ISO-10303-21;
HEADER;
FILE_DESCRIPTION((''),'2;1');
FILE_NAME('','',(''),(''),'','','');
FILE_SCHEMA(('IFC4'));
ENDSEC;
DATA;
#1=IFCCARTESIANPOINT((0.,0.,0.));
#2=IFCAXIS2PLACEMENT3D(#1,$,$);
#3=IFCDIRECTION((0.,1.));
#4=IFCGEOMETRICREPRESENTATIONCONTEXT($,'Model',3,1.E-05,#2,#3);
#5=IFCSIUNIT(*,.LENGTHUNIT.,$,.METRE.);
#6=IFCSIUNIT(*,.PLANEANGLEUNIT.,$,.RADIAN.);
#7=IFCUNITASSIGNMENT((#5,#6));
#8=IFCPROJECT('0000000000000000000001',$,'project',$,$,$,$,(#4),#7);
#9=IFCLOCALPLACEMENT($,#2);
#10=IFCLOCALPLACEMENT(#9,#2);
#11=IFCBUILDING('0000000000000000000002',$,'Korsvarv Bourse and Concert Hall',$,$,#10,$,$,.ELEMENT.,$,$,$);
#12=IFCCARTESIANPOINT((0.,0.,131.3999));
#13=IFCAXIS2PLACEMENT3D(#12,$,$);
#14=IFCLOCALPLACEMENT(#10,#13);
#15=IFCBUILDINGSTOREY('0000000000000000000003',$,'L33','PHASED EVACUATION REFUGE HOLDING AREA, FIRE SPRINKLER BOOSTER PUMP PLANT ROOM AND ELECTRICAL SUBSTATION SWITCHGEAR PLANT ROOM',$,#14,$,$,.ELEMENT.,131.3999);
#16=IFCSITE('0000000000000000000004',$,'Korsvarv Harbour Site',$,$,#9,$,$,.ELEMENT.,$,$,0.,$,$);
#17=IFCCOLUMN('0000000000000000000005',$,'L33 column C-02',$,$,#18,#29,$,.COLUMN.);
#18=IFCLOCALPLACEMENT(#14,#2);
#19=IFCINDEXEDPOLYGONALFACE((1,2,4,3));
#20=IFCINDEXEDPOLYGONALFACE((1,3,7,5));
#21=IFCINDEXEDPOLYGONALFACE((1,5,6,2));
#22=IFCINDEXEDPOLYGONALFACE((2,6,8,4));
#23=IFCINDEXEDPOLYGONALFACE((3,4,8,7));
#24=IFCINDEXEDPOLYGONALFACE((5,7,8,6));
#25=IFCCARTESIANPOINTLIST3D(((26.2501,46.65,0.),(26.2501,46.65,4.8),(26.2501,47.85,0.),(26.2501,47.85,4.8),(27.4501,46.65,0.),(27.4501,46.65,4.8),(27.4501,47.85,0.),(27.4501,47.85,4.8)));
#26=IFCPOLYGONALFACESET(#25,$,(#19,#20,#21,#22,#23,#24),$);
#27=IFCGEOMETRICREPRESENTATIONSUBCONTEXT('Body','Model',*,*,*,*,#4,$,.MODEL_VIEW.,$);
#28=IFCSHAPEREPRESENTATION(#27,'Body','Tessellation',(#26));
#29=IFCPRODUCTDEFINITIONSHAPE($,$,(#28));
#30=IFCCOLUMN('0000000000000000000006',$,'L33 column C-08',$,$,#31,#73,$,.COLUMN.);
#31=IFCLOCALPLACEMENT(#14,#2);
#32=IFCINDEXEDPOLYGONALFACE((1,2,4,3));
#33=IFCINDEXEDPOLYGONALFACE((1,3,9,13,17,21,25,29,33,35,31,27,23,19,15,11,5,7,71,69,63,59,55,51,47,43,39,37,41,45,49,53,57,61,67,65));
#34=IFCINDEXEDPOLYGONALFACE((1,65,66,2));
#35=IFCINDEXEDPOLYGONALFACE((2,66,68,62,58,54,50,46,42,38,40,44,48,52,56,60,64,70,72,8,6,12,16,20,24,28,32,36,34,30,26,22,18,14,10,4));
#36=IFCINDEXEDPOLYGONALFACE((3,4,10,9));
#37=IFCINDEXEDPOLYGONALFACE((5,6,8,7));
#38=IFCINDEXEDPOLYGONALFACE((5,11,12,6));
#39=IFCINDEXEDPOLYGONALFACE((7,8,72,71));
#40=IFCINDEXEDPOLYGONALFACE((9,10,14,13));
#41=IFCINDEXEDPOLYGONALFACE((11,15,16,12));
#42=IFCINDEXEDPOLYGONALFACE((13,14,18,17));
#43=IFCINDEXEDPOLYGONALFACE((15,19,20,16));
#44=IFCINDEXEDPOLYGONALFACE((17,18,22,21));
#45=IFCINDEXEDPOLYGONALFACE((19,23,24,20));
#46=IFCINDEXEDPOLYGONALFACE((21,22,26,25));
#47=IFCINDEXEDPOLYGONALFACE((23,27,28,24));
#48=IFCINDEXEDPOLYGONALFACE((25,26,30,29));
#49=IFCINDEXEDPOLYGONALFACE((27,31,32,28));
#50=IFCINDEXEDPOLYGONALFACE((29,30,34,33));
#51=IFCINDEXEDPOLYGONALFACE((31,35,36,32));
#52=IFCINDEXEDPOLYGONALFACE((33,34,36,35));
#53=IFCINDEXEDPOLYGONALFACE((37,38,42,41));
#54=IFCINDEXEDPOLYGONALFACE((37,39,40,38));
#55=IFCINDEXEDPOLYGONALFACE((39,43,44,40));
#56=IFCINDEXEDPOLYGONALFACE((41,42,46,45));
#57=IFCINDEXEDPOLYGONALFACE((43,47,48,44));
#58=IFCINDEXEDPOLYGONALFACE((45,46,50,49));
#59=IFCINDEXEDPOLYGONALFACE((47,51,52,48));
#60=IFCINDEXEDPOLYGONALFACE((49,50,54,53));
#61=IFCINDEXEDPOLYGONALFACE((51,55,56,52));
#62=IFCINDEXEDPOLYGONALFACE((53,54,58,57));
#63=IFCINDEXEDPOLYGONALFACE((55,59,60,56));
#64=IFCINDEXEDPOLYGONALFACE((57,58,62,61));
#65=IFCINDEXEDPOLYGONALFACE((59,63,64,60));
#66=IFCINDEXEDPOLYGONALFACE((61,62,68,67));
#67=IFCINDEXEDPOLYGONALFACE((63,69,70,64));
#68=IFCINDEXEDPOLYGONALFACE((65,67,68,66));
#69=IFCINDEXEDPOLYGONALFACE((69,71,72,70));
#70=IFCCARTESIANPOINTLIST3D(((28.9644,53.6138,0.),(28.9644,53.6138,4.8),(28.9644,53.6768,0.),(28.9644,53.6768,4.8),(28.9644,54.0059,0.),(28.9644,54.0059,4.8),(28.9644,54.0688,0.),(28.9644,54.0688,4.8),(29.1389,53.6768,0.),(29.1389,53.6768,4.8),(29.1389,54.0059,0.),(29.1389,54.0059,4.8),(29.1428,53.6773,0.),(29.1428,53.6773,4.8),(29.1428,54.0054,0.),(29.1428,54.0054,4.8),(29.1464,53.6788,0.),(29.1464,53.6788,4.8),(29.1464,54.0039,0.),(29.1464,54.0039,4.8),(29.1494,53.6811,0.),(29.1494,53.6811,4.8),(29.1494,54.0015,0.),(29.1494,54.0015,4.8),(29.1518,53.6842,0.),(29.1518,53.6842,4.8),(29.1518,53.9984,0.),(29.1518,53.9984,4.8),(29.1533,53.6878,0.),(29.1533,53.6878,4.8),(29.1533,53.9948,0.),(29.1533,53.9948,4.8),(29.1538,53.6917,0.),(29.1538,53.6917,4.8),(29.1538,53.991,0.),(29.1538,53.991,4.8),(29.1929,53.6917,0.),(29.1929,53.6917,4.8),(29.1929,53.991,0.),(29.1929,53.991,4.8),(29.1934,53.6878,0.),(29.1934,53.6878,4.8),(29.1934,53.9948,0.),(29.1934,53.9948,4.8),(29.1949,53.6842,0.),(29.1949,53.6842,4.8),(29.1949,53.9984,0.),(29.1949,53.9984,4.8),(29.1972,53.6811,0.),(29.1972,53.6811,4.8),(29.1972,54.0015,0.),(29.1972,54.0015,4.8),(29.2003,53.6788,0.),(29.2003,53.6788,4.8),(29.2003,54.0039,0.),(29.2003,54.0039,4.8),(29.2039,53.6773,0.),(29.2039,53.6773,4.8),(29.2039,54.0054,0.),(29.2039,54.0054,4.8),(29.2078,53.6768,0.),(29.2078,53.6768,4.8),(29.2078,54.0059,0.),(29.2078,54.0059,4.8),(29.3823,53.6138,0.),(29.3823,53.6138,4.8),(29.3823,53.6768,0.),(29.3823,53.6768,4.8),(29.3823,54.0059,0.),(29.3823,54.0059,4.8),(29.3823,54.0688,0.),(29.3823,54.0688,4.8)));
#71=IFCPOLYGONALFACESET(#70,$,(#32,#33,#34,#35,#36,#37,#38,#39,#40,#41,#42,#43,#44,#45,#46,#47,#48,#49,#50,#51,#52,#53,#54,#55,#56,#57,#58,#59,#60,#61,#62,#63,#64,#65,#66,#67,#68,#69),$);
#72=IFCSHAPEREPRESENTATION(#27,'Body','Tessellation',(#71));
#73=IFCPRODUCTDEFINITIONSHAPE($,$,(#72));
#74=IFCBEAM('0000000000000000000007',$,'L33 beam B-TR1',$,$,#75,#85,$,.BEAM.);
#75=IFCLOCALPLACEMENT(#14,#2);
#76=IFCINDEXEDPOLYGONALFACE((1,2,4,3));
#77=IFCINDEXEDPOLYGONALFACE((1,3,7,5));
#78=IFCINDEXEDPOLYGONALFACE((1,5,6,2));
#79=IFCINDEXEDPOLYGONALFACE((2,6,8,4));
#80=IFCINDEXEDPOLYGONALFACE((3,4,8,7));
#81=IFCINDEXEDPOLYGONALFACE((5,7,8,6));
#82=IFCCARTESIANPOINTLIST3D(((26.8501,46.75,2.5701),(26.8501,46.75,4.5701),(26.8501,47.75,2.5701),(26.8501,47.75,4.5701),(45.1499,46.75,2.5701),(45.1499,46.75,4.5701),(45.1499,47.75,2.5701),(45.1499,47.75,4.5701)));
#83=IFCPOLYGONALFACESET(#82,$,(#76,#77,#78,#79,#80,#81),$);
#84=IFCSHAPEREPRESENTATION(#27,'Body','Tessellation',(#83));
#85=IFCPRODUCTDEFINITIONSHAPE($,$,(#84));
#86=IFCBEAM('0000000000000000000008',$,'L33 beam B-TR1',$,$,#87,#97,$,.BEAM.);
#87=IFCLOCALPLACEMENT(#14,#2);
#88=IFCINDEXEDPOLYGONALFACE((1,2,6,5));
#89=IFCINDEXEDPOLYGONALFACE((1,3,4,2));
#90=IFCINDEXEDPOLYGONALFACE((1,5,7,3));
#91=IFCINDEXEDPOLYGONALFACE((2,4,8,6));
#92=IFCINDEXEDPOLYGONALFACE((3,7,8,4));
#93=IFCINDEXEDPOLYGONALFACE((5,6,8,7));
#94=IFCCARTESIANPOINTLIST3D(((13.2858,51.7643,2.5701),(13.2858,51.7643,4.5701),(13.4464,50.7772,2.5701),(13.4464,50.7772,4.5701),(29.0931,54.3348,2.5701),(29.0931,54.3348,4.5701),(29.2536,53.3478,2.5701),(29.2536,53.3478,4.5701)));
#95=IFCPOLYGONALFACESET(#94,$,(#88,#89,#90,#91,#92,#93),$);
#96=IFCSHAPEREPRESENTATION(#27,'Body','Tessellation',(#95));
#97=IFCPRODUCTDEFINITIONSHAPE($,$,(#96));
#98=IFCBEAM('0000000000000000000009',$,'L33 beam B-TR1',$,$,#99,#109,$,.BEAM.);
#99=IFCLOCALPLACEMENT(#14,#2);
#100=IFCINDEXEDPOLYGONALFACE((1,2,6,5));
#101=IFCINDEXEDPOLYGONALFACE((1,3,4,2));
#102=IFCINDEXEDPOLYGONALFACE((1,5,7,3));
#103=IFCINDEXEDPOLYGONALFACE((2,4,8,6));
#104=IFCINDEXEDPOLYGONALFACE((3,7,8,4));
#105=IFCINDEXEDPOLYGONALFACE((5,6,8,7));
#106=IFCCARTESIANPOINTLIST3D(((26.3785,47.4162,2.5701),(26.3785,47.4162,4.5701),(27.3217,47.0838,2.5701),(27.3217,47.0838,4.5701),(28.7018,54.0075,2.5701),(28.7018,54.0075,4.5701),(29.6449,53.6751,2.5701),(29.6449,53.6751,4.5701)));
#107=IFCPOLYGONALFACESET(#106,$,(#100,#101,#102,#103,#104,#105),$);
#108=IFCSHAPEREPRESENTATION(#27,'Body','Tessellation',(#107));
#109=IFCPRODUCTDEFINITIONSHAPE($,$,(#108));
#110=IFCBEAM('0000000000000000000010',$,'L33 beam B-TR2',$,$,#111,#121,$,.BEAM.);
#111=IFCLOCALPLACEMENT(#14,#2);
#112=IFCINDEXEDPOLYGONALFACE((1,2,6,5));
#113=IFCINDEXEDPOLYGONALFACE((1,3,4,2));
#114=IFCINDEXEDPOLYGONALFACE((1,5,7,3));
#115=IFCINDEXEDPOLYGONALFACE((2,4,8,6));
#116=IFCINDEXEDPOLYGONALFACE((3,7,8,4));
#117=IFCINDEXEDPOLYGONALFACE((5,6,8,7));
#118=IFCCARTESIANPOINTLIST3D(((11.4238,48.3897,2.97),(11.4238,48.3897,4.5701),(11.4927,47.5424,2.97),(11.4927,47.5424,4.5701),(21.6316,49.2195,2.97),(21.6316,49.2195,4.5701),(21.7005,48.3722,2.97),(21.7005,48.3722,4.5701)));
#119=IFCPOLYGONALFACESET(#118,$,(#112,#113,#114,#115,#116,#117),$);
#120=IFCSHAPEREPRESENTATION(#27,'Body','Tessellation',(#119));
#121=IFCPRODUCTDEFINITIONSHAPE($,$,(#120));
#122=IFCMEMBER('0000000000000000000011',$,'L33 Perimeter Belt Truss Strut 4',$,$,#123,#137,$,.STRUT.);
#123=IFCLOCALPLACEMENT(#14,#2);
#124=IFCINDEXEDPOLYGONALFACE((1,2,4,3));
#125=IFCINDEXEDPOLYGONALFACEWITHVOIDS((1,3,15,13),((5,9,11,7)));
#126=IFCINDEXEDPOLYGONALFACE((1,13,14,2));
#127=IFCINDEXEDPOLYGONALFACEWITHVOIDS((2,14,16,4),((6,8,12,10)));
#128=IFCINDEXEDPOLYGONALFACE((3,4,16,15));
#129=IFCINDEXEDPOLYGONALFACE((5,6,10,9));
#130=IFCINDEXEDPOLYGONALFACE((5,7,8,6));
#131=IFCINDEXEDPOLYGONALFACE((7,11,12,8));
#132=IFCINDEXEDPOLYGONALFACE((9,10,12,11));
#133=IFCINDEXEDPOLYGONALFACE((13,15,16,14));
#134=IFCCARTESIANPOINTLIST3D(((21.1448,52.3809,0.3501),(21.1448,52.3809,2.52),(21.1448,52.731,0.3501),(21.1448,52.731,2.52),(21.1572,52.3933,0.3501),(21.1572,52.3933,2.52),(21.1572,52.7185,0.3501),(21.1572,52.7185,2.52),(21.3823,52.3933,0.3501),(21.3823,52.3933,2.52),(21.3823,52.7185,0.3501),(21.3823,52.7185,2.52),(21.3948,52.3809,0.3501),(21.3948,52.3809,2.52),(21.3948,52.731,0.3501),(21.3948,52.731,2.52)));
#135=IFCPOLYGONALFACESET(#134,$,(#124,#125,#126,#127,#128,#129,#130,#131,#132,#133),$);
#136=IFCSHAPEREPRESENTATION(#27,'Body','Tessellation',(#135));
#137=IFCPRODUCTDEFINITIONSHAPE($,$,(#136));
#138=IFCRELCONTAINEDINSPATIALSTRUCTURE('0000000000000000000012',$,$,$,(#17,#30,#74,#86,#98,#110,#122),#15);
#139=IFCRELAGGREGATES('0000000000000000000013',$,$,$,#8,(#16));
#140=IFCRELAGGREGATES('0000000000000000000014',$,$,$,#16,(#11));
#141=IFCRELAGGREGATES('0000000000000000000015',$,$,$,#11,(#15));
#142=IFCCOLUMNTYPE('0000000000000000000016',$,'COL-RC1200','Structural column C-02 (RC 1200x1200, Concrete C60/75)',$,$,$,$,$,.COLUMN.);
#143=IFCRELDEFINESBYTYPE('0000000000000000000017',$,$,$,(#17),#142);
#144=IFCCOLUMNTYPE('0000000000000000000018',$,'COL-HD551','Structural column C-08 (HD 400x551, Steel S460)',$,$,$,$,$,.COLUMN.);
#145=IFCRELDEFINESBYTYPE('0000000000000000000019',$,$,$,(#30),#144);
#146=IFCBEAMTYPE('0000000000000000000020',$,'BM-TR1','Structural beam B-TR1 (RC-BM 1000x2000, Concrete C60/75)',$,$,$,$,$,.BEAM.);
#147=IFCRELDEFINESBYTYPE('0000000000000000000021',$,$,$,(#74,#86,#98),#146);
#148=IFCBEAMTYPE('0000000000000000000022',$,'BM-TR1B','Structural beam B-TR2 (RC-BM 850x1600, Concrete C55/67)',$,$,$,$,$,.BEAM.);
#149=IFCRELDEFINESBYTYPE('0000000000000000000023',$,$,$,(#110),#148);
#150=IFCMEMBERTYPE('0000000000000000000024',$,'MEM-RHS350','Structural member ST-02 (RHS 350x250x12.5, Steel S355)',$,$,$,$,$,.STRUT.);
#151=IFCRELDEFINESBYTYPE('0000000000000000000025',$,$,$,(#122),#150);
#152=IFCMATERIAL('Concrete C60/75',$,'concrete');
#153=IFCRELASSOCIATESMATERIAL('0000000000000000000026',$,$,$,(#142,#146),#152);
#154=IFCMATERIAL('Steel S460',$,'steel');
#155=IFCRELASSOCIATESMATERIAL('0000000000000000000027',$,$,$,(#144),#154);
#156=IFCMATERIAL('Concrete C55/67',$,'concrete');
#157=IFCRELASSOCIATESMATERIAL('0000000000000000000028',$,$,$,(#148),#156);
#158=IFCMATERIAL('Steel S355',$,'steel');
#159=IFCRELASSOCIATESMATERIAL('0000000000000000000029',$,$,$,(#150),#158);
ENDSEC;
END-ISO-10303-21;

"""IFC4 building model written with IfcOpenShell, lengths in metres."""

from ifc_helpers import new_model, si_unit, direction, frame, origin, origin_2d, place, context, subcontext, project, spatial, rectangle, hollow_rectangle, i_section, extrude, source, transform, mapped, material, material_profile, profile_set, type_object, element, save


model = new_model("IFC4")

# Units and contexts
model_context = context("Model", 3, precision=1e-05, world=origin(), true_north=direction((0.0, 1.0)))
body_context = subcontext(model_context, "Body", "Model", "MODEL_VIEW")
ifc_project = project(units=[si_unit("LENGTHUNIT", "METRE"), si_unit("PLANEANGLEUNIT", "RADIAN")], contexts=[model_context])

# Site, building, storey
site_placement = place(None, origin())
site = spatial("IfcSite", under=ifc_project, at=site_placement, Name="Korsvarv Harbour Site", CompositionType="ELEMENT", RefElevation=0.0)
building_placement = place(site_placement, origin())
building = spatial("IfcBuilding", under=site, at=building_placement, Name="Korsvarv Bourse and Concert Hall", CompositionType="ELEMENT")
storey_placement = place(building_placement, frame((0.0, 0.0, 131.3999)))
storey = spatial("IfcBuildingStorey", under=building, at=storey_placement, Name="L33", Description="PHASED EVACUATION REFUGE HOLDING AREA, FIRE SPRINKLER BOOSTER PUMP PLANT ROOM AND ELECTRICAL SUBSTATION SWITCHGEAR PLANT ROOM", CompositionType="ELEMENT", Elevation=131.3999)

# Columns
ifc_material_1 = material(Name="Concrete C60/75", Category="concrete")
ifc_material_profile_1 = material_profile(ifc_material_1, rectangle(XDim=1.2, YDim=1.2, at=origin_2d()), Name="RC 1200x1200")
ifc_profile_set_1 = profile_set([ifc_material_profile_1], Name="Concrete C60/75")
column_type_1 = type_object("IfcColumnType", Name="COL-RC1200", Description="Structural column C-02 (RC 1200x1200, Concrete C60/75)", PredefinedType="COLUMN", material=ifc_profile_set_1)
shared_shape_1 = source(origin(), body_context, "Body", "SweptSolid", [
    extrude(rectangle(XDim=1.2, YDim=1.2, at=origin_2d()), origin(), (0.0, 0.0, 1.0), 4.8),
])
column_1_placement = place(storey_placement, frame((26.8501, 47.25, 0.0), z_axis=(0.0, 0.0, 1.0), x_axis=(1.0, 0.0, 0.0)))
element("IfcColumn", 1, at=column_1_placement, inside=storey, type_object=column_type_1, Name="L33 column C-02", PredefinedType="COLUMN", context=body_context, shape_type="MappedRepresentation", body=[
    mapped(shared_shape_1, transform((0.0, 0.0, 0.0), scale=1.0)),
])
ifc_material_2 = material(Name="Steel S460", Category="steel")
ifc_material_profile_2 = material_profile(ifc_material_2, i_section(OverallWidth=0.418, OverallDepth=0.4551, WebThickness=0.0391, FlangeThickness=0.063, FilletRadius=0.0149, at=origin_2d()), Name="HD 400x551")
ifc_profile_set_2 = profile_set([ifc_material_profile_2], Name="Steel S460")
column_type_2 = type_object("IfcColumnType", Name="COL-HD551", Description="Structural column C-08 (HD 400x551, Steel S460)", PredefinedType="COLUMN", material=ifc_profile_set_2)
shared_shape_2 = source(origin(), body_context, "Body", "SweptSolid", [
    extrude(i_section(OverallWidth=0.418, OverallDepth=0.4551, WebThickness=0.0391, FlangeThickness=0.063, FilletRadius=0.0149, at=origin_2d()), origin(), (0.0, 0.0, 1.0), 4.8),
])
column_2_placement = place(storey_placement, frame((29.1733, 53.8413, 0.0), z_axis=(0.0, 0.0, 1.0), x_axis=(1.0, 0.0, 0.0)))
element("IfcColumn", 2, at=column_2_placement, inside=storey, type_object=column_type_2, Name="L33 column C-08", PredefinedType="COLUMN", context=body_context, shape_type="MappedRepresentation", body=[
    mapped(shared_shape_2, transform((0.0, 0.0, 0.0), scale=1.0)),
])

# Beams
ifc_material_profile_3 = material_profile(ifc_material_1, rectangle(XDim=1.0, YDim=2.0, at=origin_2d()), Name="RC-BM 1000x2000")
ifc_profile_set_3 = profile_set([ifc_material_profile_3], Name="Concrete C60/75")
beam_type_1 = type_object("IfcBeamType", Name="BM-TR1", Description="Structural beam B-TR1 (RC-BM 1000x2000, Concrete C60/75)", PredefinedType="BEAM", material=ifc_profile_set_3)
shared_shape_3 = source(origin(), body_context, "Body", "SweptSolid", [
    extrude(rectangle(XDim=1.0, YDim=2.0, at=origin_2d()), origin(), (0.0, 0.0, 1.0), 18.2998),
])
beam_1_placement = place(storey_placement, frame((26.8501, 47.25, 3.5701), z_axis=(1.0, 0.0, 0.0), x_axis=(0.0, 1.0, 0.0)))
element("IfcBeam", 3, at=beam_1_placement, inside=storey, type_object=beam_type_1, Name="L33 beam B-TR1", PredefinedType="BEAM", context=body_context, shape_type="MappedRepresentation", body=[
    mapped(shared_shape_3, transform((0.0, 0.0, 0.0), scale=1.0)),
])
shared_shape_4 = source(origin(), body_context, "Body", "SweptSolid", [
    extrude(rectangle(XDim=1.0, YDim=2.0, at=origin_2d()), origin(), (0.0, 0.0, 1.0), 16.0149),
])
beam_2_placement = place(storey_placement, frame((29.1733, 53.8413, 3.5701), z_axis=(-0.987034, -0.160512, 0.0), x_axis=(0.160512, -0.987034, 0.0)))
element("IfcBeam", 4, at=beam_2_placement, inside=storey, type_object=beam_type_1, Name="L33 beam B-TR1", PredefinedType="BEAM", context=body_context, shape_type="MappedRepresentation", body=[
    mapped(shared_shape_4, transform((0.0, 0.0, 0.0), scale=1.0)),
])
shared_shape_5 = source(origin(), body_context, "Body", "SweptSolid", [
    extrude(rectangle(XDim=1.0, YDim=2.0, at=origin_2d()), origin(), (0.0, 0.0, 1.0), 6.9888),
])
beam_3_placement = place(storey_placement, frame((29.1733, 53.8413, 3.5701), z_axis=(-0.332425, -0.94313, 0.0), x_axis=(0.94313, -0.332425, 0.0)))
element("IfcBeam", 5, at=beam_3_placement, inside=storey, type_object=beam_type_1, Name="L33 beam B-TR1", PredefinedType="BEAM", context=body_context, shape_type="MappedRepresentation", body=[
    mapped(shared_shape_5, transform((0.0, 0.0, 0.0), scale=1.0)),
])
ifc_material_3 = material(Name="Concrete C55/67", Category="concrete")
ifc_material_profile_4 = material_profile(ifc_material_3, rectangle(XDim=0.8501, YDim=1.6001, at=origin_2d()), Name="RC-BM 850x1600")
ifc_profile_set_4 = profile_set([ifc_material_profile_4], Name="Concrete C55/67")
beam_type_2 = type_object("IfcBeamType", Name="BM-TR1B", Description="Structural beam B-TR2 (RC-BM 850x1600, Concrete C55/67)", PredefinedType="BEAM", material=ifc_profile_set_4)
shared_shape_6 = source(origin(), body_context, "Body", "SweptSolid", [
    extrude(rectangle(XDim=0.8501, YDim=1.6001, at=origin_2d()), origin(), (0.0, 0.0, 1.0), 10.2415),
])
beam_4_placement = place(storey_placement, frame((21.666, 48.7959, 3.77), z_axis=(-0.996712, -0.081027, 0.0), x_axis=(0.081027, -0.996712, 0.0)))
element("IfcBeam", 6, at=beam_4_placement, inside=storey, type_object=beam_type_2, Name="L33 beam B-TR2", PredefinedType="BEAM", context=body_context, shape_type="MappedRepresentation", body=[
    mapped(shared_shape_6, transform((0.0, 0.0, 0.0), scale=1.0)),
])

# Member
ifc_material_4 = material(Name="Steel S355", Category="steel")
ifc_material_profile_5 = material_profile(ifc_material_4, hollow_rectangle(XDim=0.25, YDim=0.3501, WallThickness=0.0125, at=origin_2d()), Name="RHS 350x250x12.5")
ifc_profile_set_5 = profile_set([ifc_material_profile_5], Name="Steel S355")
member_type_1 = type_object("IfcMemberType", Name="MEM-RHS350", Description="Structural member ST-02 (RHS 350x250x12.5, Steel S355)", PredefinedType="STRUT", material=ifc_profile_set_5)
shared_shape_7 = source(origin(), body_context, "Body", "SweptSolid", [
    extrude(hollow_rectangle(XDim=0.25, YDim=0.3501, WallThickness=0.0125, at=origin_2d()), origin(), (0.0, 0.0, 1.0), 2.1699),
])
member_1_placement = place(storey_placement, frame((21.2698, 52.5559, 0.3501), z_axis=(0.0, 0.0, 1.0), x_axis=(1.0, 0.0, 0.0)))
element("IfcMember", 7, at=member_1_placement, inside=storey, type_object=member_type_1, Name="L33 Perimeter Belt Truss Strut 4", PredefinedType="STRUT", context=body_context, shape_type="MappedRepresentation", body=[
    mapped(shared_shape_7, transform((0.0, 0.0, 0.0), scale=1.0)),
])

save(model, "model.ifc")
